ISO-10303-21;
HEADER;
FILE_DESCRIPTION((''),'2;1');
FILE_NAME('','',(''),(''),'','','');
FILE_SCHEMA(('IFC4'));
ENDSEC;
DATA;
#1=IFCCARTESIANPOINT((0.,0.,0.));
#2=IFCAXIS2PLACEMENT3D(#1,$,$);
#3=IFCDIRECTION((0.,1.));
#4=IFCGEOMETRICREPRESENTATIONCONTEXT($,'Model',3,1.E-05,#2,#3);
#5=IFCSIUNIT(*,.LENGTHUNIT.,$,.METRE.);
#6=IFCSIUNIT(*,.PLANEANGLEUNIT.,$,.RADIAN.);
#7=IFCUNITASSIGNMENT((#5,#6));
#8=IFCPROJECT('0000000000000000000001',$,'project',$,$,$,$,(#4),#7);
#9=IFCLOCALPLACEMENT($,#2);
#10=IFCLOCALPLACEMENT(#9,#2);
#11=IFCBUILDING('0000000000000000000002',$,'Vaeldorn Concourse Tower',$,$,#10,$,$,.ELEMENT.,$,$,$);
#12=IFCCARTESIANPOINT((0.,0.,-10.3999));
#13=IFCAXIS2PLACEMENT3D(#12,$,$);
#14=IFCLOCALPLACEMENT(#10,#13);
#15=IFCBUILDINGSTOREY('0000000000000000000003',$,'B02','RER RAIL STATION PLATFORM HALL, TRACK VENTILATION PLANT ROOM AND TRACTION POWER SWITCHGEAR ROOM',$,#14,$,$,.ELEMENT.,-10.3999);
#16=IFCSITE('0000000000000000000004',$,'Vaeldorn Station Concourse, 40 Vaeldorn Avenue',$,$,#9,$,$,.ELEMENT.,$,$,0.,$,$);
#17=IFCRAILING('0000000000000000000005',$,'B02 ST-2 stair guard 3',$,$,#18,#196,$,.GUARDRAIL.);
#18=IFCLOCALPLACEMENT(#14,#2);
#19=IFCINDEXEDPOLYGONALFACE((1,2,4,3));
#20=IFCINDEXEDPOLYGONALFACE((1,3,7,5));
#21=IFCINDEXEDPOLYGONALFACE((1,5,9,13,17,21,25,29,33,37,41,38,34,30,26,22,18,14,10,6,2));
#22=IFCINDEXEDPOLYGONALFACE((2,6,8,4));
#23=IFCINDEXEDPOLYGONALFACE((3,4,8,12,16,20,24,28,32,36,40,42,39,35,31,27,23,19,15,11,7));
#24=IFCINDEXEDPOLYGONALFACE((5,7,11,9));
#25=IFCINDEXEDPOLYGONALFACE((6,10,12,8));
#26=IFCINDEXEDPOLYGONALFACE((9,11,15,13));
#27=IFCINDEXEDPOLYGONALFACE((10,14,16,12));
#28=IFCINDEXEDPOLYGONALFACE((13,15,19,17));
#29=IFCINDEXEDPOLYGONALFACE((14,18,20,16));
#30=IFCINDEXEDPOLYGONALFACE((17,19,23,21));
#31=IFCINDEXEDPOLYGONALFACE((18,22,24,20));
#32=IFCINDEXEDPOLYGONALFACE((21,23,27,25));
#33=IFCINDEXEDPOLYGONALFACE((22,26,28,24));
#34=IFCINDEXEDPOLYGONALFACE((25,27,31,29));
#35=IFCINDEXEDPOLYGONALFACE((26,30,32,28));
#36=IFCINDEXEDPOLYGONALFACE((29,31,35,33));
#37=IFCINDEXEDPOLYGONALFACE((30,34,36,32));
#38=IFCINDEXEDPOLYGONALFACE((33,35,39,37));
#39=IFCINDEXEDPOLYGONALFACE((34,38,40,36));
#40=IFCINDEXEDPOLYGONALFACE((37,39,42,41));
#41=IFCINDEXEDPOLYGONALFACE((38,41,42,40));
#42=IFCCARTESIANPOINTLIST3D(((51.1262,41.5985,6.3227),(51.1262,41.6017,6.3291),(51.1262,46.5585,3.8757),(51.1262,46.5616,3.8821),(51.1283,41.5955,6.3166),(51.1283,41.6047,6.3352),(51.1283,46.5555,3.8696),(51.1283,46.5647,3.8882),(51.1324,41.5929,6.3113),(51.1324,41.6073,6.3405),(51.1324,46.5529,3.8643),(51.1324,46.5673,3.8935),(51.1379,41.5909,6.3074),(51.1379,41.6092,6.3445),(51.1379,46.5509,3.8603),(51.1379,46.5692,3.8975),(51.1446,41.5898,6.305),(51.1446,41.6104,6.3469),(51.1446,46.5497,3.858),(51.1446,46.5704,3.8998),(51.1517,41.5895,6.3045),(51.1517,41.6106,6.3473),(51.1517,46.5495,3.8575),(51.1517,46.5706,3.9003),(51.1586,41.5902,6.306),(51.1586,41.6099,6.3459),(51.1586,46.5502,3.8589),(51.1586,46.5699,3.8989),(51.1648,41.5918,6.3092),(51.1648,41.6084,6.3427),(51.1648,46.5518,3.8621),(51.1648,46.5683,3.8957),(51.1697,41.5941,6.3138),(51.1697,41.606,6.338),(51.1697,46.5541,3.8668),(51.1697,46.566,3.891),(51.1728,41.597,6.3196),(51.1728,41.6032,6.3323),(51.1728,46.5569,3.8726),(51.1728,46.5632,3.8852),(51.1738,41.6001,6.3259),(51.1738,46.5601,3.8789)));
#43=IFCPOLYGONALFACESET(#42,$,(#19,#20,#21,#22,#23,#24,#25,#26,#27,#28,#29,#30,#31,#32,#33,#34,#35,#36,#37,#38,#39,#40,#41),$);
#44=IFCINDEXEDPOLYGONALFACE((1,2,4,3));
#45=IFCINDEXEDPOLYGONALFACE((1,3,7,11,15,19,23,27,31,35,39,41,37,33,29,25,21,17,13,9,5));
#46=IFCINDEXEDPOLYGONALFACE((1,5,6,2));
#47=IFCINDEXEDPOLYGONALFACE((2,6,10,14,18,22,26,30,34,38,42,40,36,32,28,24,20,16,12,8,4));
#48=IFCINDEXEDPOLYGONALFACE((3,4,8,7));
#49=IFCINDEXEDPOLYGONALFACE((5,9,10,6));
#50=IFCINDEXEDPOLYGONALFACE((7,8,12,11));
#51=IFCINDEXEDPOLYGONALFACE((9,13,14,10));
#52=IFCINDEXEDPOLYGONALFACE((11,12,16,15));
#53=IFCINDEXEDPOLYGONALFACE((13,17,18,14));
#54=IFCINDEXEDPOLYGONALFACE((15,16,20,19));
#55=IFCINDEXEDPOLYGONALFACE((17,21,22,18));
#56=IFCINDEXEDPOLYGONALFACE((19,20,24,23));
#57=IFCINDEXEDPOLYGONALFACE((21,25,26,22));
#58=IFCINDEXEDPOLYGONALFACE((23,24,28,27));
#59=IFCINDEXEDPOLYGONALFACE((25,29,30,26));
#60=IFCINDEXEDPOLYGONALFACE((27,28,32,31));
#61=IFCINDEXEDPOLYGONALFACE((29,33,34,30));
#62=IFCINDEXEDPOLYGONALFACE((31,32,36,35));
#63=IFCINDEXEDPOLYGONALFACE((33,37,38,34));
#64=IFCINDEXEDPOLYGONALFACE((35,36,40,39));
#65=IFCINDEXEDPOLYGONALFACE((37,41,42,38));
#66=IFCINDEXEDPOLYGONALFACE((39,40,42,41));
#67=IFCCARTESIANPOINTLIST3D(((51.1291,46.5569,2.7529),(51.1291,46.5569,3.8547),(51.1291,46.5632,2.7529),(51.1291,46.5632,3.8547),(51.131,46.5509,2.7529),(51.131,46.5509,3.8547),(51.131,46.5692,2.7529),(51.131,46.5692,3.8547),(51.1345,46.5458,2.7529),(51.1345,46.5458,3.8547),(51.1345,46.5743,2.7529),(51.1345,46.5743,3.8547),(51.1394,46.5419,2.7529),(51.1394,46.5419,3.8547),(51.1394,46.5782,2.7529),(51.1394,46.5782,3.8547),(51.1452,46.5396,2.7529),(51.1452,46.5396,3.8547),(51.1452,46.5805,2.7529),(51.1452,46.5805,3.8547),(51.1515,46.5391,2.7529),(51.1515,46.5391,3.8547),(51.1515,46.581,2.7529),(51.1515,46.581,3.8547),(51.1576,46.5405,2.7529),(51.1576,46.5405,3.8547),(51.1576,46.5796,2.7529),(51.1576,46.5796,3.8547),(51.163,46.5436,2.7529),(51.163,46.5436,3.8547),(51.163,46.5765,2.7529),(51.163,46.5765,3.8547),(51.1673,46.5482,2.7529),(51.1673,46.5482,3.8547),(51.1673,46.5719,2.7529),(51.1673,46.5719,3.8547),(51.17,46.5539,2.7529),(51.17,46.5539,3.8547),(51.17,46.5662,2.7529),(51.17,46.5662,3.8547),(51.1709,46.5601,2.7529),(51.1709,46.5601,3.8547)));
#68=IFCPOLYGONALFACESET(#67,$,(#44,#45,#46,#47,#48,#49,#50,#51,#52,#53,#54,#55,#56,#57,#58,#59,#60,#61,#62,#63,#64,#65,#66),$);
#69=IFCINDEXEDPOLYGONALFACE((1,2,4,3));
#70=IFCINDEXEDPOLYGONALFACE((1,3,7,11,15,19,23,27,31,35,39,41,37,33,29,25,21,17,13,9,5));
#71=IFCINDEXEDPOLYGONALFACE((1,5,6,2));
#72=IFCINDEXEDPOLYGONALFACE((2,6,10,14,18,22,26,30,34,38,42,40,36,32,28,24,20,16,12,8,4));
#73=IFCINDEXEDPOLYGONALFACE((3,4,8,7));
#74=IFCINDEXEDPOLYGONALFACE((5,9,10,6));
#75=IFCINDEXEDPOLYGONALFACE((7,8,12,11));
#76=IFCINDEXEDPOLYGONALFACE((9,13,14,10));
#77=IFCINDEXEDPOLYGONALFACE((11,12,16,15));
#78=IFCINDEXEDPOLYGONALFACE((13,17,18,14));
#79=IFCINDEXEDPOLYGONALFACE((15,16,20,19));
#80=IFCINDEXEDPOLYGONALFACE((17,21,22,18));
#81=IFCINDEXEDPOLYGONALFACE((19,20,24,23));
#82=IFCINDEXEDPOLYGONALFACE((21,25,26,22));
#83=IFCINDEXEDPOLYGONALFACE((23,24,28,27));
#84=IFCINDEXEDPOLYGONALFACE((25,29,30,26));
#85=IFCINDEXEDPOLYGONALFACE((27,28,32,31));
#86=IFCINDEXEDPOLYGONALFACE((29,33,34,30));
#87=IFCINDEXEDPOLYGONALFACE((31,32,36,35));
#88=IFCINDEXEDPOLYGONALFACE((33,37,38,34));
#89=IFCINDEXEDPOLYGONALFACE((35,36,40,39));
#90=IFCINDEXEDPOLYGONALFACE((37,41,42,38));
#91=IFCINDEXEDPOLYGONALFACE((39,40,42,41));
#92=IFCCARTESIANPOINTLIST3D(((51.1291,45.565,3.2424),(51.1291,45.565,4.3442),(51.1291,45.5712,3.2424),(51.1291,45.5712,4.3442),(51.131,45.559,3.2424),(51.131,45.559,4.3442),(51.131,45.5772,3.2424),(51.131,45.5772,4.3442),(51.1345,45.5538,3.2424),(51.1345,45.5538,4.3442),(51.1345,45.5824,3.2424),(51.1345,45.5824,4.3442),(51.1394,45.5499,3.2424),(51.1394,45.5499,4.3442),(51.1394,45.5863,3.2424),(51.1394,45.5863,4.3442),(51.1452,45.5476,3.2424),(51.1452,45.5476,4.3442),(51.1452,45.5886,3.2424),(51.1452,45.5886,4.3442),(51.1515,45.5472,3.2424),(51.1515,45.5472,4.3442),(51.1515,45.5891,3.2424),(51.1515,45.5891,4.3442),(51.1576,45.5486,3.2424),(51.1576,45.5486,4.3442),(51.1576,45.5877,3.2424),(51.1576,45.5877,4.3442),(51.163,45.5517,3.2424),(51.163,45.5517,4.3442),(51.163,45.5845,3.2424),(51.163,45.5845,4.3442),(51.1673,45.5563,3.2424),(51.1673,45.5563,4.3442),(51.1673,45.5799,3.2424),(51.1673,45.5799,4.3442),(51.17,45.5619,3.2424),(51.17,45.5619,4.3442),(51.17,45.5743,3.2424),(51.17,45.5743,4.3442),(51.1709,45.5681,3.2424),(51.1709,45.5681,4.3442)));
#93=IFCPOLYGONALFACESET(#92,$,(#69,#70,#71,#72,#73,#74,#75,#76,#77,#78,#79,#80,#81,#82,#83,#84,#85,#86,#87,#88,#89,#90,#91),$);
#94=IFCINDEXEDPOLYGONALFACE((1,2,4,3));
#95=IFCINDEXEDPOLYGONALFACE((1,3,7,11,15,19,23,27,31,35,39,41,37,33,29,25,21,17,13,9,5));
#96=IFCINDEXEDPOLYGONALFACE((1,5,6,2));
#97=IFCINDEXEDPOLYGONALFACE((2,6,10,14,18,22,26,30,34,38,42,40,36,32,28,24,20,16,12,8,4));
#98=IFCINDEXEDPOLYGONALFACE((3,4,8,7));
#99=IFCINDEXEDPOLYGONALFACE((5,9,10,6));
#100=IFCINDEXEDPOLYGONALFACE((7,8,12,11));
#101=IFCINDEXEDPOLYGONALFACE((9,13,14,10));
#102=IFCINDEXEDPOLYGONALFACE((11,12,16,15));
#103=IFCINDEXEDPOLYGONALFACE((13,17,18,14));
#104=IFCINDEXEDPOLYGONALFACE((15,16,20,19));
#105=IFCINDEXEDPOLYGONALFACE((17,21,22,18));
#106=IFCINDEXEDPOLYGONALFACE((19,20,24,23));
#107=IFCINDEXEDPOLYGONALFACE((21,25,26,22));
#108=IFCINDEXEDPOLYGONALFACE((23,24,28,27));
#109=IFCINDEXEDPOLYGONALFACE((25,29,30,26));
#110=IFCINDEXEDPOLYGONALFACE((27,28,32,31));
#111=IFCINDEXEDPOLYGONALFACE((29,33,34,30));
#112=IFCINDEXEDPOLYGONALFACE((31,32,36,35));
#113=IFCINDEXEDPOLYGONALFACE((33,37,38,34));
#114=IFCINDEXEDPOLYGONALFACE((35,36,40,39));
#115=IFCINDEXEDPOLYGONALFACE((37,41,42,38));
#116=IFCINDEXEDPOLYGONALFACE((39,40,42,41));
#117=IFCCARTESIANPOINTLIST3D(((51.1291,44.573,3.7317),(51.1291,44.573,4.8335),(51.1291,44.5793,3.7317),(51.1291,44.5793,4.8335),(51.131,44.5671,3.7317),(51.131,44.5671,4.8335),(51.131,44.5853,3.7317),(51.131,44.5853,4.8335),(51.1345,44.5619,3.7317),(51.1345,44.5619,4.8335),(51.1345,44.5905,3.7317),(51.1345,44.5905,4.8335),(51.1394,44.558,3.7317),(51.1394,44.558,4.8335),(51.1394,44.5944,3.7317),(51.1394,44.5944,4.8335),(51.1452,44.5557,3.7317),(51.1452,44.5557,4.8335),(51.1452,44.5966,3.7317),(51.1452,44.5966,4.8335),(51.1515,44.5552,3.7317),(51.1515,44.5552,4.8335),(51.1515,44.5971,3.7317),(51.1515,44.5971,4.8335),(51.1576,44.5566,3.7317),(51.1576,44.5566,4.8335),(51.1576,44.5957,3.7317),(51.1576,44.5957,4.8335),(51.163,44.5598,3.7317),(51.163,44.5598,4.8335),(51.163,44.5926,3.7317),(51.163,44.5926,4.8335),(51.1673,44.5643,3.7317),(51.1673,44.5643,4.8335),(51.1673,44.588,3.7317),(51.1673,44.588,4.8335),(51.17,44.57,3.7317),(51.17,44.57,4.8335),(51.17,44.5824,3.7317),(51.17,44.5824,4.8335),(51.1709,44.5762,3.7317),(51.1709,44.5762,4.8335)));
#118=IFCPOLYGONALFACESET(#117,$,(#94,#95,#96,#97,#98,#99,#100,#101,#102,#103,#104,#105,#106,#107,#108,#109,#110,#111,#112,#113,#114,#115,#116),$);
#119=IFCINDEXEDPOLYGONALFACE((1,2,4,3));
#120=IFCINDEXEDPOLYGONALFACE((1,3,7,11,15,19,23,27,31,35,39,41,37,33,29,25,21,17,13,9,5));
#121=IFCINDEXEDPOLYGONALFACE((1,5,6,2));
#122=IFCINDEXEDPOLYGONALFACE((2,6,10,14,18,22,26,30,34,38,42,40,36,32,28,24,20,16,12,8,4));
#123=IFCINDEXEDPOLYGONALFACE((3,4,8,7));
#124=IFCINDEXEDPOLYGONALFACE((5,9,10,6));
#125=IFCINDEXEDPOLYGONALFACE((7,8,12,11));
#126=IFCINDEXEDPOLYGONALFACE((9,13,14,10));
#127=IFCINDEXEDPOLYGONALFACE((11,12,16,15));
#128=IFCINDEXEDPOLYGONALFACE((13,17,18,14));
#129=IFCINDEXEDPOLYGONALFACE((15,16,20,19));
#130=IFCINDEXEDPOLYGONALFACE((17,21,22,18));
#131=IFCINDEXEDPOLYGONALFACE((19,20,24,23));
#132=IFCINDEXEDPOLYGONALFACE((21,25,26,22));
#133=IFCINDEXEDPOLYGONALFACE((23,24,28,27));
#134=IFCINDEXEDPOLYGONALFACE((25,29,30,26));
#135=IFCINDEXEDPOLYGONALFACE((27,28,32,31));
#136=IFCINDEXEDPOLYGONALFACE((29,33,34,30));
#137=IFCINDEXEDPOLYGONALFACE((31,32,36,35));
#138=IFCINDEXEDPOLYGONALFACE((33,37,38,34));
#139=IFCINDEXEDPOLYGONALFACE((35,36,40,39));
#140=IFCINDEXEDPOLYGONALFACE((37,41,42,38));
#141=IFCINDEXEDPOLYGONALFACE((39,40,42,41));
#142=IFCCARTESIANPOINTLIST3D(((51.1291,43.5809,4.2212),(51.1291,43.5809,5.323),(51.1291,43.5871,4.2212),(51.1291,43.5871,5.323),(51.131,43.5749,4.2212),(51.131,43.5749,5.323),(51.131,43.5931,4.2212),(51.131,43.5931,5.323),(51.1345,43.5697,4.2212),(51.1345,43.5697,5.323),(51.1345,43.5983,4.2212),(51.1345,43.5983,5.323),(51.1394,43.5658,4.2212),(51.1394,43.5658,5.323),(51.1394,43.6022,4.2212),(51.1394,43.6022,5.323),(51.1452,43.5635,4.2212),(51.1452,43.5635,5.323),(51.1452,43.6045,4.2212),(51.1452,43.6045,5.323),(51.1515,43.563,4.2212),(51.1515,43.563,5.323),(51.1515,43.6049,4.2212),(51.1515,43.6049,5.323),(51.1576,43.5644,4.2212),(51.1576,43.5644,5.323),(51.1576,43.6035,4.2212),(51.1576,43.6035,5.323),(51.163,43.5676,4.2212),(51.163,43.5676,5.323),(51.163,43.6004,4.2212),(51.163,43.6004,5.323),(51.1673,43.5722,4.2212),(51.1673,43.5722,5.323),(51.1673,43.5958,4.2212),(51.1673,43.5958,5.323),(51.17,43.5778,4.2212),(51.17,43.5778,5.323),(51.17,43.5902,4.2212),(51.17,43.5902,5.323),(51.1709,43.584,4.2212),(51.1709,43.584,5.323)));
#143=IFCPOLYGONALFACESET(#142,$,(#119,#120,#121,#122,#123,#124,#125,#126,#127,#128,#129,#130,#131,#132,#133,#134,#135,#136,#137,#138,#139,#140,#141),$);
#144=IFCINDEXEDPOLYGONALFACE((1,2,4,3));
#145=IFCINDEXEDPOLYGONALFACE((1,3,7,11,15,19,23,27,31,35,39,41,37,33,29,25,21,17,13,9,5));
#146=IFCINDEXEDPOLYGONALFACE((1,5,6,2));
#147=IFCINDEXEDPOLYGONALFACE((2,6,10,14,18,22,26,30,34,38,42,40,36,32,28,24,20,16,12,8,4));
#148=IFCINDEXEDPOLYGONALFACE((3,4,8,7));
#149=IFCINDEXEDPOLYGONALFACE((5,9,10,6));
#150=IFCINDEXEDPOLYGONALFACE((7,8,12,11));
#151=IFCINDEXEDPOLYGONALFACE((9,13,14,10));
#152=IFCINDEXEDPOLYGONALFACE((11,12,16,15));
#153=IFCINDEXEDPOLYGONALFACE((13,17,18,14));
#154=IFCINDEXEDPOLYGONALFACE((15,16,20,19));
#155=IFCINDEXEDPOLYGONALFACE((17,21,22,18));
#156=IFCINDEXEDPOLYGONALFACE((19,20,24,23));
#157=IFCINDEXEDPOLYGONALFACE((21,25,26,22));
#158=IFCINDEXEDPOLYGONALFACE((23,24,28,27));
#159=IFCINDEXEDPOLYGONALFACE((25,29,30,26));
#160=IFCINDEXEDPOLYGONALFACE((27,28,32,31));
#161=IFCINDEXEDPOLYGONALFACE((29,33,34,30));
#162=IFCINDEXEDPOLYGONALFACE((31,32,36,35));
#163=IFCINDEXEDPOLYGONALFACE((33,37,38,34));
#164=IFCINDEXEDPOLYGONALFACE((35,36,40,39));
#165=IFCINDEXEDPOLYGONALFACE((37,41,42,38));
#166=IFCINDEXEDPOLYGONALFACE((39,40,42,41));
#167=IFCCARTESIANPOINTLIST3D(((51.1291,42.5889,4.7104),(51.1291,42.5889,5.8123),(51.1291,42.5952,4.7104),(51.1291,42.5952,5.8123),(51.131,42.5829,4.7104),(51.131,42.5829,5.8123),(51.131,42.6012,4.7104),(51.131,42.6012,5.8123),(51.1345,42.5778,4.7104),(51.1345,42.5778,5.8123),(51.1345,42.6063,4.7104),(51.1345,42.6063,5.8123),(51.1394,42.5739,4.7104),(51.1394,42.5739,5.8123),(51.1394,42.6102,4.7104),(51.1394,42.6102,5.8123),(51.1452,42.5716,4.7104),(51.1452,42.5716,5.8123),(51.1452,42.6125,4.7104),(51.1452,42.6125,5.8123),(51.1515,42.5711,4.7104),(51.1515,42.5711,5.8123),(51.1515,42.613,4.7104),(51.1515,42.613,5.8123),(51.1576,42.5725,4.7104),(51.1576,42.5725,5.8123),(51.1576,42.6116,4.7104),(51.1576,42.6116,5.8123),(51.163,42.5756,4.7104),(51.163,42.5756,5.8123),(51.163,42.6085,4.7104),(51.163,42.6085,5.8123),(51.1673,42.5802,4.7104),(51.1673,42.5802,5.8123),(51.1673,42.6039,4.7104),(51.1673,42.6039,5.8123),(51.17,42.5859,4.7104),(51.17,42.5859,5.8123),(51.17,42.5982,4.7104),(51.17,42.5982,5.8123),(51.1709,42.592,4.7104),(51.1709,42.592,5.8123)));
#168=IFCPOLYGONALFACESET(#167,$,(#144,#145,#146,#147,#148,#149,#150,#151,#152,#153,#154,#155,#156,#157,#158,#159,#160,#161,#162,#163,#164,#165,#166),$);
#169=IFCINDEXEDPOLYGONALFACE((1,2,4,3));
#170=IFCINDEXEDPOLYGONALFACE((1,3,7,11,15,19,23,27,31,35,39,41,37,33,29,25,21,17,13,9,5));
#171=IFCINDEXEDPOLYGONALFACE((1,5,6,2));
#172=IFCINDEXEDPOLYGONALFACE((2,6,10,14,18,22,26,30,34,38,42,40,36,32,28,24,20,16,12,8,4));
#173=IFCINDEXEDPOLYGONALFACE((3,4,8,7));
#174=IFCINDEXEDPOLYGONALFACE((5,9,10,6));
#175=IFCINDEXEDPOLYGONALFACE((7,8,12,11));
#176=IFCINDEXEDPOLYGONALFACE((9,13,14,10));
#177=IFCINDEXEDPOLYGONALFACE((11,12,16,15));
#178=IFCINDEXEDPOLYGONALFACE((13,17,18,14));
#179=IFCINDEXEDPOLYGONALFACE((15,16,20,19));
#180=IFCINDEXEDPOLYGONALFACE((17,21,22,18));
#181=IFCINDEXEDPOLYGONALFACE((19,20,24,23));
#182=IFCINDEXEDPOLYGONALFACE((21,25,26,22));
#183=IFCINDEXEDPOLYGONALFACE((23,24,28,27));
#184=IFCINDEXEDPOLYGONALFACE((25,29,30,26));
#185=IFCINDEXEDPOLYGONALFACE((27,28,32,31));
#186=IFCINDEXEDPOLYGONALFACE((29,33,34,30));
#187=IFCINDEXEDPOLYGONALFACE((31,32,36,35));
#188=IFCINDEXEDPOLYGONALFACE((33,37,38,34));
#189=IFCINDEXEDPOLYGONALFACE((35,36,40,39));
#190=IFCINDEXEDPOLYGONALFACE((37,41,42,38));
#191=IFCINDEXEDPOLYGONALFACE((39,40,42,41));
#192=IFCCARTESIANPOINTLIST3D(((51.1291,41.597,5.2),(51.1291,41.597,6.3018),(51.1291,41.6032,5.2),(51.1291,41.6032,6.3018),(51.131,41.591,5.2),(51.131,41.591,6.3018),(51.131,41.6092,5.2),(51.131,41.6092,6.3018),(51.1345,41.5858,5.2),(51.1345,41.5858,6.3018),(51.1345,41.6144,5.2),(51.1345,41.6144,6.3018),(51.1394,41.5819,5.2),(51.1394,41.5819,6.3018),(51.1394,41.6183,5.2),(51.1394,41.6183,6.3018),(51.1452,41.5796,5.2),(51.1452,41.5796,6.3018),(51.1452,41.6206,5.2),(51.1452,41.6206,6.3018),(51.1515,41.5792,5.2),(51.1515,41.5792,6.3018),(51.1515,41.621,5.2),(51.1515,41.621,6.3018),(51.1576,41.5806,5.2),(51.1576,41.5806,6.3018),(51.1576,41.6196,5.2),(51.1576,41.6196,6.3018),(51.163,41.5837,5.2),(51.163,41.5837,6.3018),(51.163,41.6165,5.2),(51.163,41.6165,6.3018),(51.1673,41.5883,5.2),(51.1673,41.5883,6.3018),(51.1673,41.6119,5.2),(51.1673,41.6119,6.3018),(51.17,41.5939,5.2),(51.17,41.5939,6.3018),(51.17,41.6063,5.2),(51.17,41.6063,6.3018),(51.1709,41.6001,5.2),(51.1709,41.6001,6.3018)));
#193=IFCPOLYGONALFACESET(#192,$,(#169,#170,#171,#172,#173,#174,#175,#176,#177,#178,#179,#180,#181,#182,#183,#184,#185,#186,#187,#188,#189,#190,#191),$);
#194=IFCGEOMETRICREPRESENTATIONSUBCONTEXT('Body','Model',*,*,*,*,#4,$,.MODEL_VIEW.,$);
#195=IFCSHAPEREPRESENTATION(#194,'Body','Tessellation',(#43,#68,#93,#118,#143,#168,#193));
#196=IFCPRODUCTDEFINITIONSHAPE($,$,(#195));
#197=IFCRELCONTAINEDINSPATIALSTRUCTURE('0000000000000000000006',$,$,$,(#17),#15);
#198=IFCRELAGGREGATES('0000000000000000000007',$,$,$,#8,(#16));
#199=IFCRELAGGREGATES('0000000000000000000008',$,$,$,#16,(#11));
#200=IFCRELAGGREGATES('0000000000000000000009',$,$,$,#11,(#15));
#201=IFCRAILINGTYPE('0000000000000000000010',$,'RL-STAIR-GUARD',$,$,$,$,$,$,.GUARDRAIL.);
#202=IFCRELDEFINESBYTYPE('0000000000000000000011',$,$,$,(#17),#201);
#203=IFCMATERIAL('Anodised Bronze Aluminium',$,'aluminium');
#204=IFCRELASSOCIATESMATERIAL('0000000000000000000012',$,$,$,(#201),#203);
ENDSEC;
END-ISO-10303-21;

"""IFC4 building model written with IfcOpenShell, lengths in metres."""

from ifc_helpers import new_model, si_unit, direction, frame, origin, origin_2d, place, context, subcontext, project, spatial, circle, extrude, material, type_object, element, save


model = new_model("IFC4")

# Units and contexts
model_context = context("Model", 3, precision=1e-05, world=origin(), true_north=direction((0.0, 1.0)))
body_context = subcontext(model_context, "Body", "Model", "MODEL_VIEW")
ifc_project = project(units=[si_unit("LENGTHUNIT", "METRE"), si_unit("PLANEANGLEUNIT", "RADIAN")], contexts=[model_context])

# Site, building, storey
site_placement = place(None, origin())
site = spatial("IfcSite", under=ifc_project, at=site_placement, Name="Vaeldorn Station Concourse, 40 Vaeldorn Avenue", CompositionType="ELEMENT", RefElevation=0.0)
building_placement = place(site_placement, origin())
building = spatial("IfcBuilding", under=site, at=building_placement, Name="Vaeldorn Concourse Tower", CompositionType="ELEMENT")
storey_placement = place(building_placement, frame((0.0, 0.0, -10.3999)))
storey = spatial("IfcBuildingStorey", under=building, at=storey_placement, Name="B02", Description="RER RAIL STATION PLATFORM HALL, TRACK VENTILATION PLANT ROOM AND TRACTION POWER SWITCHGEAR ROOM", CompositionType="ELEMENT", Elevation=-10.3999)

# Shared definitions
ifc_material_1 = material(Name="Anodised Bronze Aluminium", Category="aluminium")

# Railing
railing_type_1 = type_object("IfcRailingType", Name="RL-STAIR-GUARD", PredefinedType="GUARDRAIL", material=ifc_material_1)
railing_1_placement = place(storey_placement, frame((51.1499, 46.5601, 2.7529)))
element("IfcRailing", 1, at=railing_1_placement, inside=storey, type_object=railing_type_1, Name="B02 ST-2 stair guard 3", PredefinedType="GUARDRAIL", context=body_context, shape_type="SweptSolid", body=[
    extrude(circle(Radius=0.0239, at=origin_2d()), frame((0.0, 0.0, 1.126), z_axis=(0.0, -0.896798, 0.44244), x_axis=(1.0, 0.0, 0.0)), (0.0, 0.0, 1.0), 5.5308),
    extrude(circle(Radius=0.021, at=origin_2d()), origin(), (0.0, 0.0, 1.0), 1.1018),
    extrude(circle(Radius=0.021, at=origin_2d()), frame((0.0, -0.9919, 0.4895)), (0.0, 0.0, 1.0), 1.1018),
    extrude(circle(Radius=0.021, at=origin_2d()), frame((0.0, -1.9839, 0.9788)), (0.0, 0.0, 1.0), 1.1018),
    extrude(circle(Radius=0.021, at=origin_2d()), frame((0.0, -2.9761, 1.4683)), (0.0, 0.0, 1.0), 1.1018),
    extrude(circle(Radius=0.021, at=origin_2d()), frame((0.0, -3.968, 1.9575)), (0.0, 0.0, 1.0), 1.1018),
    extrude(circle(Radius=0.021, at=origin_2d()), frame((0.0, -4.96, 2.447)), (0.0, 0.0, 1.0), 1.1018),
])

save(model, "model.ifc")
